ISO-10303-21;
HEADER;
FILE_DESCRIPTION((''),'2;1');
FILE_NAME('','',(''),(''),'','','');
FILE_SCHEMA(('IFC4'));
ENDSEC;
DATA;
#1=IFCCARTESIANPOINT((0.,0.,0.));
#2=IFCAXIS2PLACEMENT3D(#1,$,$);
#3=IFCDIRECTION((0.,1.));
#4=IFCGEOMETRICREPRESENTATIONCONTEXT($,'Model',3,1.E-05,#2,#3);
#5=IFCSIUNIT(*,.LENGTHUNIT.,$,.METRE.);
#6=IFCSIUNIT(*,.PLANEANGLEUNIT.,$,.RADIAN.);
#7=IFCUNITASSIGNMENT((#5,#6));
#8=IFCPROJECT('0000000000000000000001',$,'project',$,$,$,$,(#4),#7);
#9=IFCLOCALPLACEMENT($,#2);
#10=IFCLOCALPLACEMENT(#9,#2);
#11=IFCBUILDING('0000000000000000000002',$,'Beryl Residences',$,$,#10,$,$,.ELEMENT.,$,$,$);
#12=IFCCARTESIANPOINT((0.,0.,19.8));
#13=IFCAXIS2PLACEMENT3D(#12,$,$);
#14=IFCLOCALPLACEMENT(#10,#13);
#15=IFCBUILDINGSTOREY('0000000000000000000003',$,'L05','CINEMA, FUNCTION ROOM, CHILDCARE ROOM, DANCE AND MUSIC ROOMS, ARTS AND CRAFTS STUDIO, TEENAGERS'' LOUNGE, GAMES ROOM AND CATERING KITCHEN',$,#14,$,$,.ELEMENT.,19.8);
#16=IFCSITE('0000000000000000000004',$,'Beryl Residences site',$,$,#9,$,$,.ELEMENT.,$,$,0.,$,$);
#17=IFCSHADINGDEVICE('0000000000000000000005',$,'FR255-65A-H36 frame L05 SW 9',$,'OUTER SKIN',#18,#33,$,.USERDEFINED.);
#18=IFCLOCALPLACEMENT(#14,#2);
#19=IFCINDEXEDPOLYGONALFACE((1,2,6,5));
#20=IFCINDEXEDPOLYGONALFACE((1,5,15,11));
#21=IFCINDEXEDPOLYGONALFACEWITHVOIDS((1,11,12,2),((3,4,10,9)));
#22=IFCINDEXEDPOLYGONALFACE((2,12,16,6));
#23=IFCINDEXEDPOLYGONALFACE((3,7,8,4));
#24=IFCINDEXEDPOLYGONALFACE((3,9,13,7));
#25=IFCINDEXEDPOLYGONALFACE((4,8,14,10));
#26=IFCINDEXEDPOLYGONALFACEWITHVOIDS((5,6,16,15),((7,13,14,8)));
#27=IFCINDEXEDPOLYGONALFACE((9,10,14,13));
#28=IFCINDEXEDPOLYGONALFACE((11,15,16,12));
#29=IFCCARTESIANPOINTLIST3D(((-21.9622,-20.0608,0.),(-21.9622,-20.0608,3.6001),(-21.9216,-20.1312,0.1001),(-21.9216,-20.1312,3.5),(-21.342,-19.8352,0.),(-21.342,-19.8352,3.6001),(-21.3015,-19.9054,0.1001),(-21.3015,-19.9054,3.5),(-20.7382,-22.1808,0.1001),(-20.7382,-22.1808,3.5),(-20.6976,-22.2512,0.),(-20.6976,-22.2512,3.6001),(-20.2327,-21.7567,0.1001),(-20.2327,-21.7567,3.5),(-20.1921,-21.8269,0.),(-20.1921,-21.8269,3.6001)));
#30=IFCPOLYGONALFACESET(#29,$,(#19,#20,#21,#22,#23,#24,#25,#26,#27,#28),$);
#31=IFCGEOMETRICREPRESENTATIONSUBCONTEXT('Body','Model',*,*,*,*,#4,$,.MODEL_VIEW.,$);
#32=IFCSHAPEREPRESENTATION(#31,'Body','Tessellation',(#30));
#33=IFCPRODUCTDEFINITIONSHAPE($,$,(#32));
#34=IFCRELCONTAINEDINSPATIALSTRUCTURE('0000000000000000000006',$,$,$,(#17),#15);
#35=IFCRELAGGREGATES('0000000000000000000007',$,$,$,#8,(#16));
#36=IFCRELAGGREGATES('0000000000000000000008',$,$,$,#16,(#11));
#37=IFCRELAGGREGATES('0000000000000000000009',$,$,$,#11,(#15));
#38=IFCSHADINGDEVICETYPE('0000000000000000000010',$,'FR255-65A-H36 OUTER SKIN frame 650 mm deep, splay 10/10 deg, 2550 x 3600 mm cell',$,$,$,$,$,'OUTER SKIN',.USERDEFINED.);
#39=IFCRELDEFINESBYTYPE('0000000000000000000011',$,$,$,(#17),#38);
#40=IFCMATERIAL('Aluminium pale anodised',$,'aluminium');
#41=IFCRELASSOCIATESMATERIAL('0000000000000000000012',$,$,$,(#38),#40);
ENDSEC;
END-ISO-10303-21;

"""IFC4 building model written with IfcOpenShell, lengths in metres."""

from ifc_helpers import new_model, entity, si_unit, direction, frame, origin, place, context, subcontext, project, spatial, source, transform, mapped, material, type_object, type_shapes, element, save


model = new_model("IFC4")

# Units and contexts
model_context = context("Model", 3, precision=1e-05, world=origin(), true_north=direction((0.0, 1.0)))
body_context = subcontext(model_context, "Body", "Model", "MODEL_VIEW")
ifc_project = project(units=[si_unit("LENGTHUNIT", "METRE"), si_unit("PLANEANGLEUNIT", "RADIAN")], contexts=[model_context])

# Site, building, storey
site_placement = place(None, origin())
site = spatial("IfcSite", under=ifc_project, at=site_placement, Name="Beryl Residences site", CompositionType="ELEMENT", RefElevation=0.0)
building_placement = place(site_placement, origin())
building = spatial("IfcBuilding", under=site, at=building_placement, Name="Beryl Residences", CompositionType="ELEMENT")
storey_placement = place(building_placement, frame((0.0, 0.0, 19.8)))
storey = spatial("IfcBuildingStorey", under=building, at=storey_placement, Name="L05", Description="CINEMA, FUNCTION ROOM, CHILDCARE ROOM, DANCE AND MUSIC ROOMS, ARTS AND CRAFTS STUDIO, TEENAGERS' LOUNGE, GAMES ROOM AND CATERING KITCHEN", CompositionType="ELEMENT", Elevation=19.8)

# Shading device
ifc_material_1 = material(Name="Aluminium pale anodised", Category="aluminium")
shading_device_type = type_object("IfcShadingDeviceType", Name="FR255-65A-H36 OUTER SKIN frame 650 mm deep, splay 10/10 deg, 2550 x 3600 mm cell", ElementType="OUTER SKIN", PredefinedType="USERDEFINED", material=ifc_material_1)
cartesian_point_1 = entity("IfcCartesianPoint", [-1.1499, 0.0])
cartesian_point_2 = entity("IfcCartesianPoint", [-1.0688, 0.1001])
cartesian_point_3 = entity("IfcCartesianPoint", [-1.2646, 0.0])
cartesian_point_4 = entity("IfcCartesianPoint", [-1.1833, 0.1001])
shared_shape = source(origin(), body_context, "Body", "SweptSolid", [
    entity("IfcExtrudedAreaSolidTapered", entity("IfcArbitraryProfileDefWithVoids", "AREA", None, entity("IfcPolyline", [cartesian_point_1, entity("IfcCartesianPoint", [1.1499, 0.0]), entity("IfcCartesianPoint", [1.1499, 3.6001]), entity("IfcCartesianPoint", [-1.1499, 3.6001]), cartesian_point_1]), [entity("IfcPolyline", [cartesian_point_2, entity("IfcCartesianPoint", [1.0688, 0.1001]), entity("IfcCartesianPoint", [1.0688, 3.5]), entity("IfcCartesianPoint", [-1.0688, 3.5]), cartesian_point_2])]), entity("IfcAxis2Placement3D", entity("IfcCartesianPoint", [0.0, 0.0, 0.0]), entity("IfcDirection", [0.0, 1.0, 0.0]), entity("IfcDirection", [-1.0, 0.0, 0.0])), entity("IfcDirection", [0.0, 0.0, 1.0]), 0.6499, entity("IfcArbitraryProfileDefWithVoids", "AREA", None, entity("IfcPolyline", [cartesian_point_3, entity("IfcCartesianPoint", [1.2646, 0.0]), entity("IfcCartesianPoint", [1.2646, 3.6001]), entity("IfcCartesianPoint", [-1.2646, 3.6001]), cartesian_point_3]), [entity("IfcPolyline", [cartesian_point_4, entity("IfcCartesianPoint", [1.1833, 0.1001]), entity("IfcCartesianPoint", [1.1833, 3.5]), entity("IfcCartesianPoint", [-1.1833, 3.5]), cartesian_point_4])])),
])
type_shapes(shading_device_type, [shared_shape])
for number, where, z_axis, x_axis, name in (
    (1, (-20.7671, -20.8311, 0.0), (0.0, 0.0, 1.0), (-0.5, 0.866025, 0.0), "FR255-65A-H36 frame L05 SW 9"),
):
    element("IfcShadingDevice", number, at=place(storey_placement, frame(where, z_axis=z_axis, x_axis=x_axis)), inside=storey, type_object=shading_device_type, Name=name, ObjectType="OUTER SKIN", PredefinedType="USERDEFINED", context=body_context, shape_type="MappedRepresentation", body=[
        mapped(shared_shape, transform((0.0, 0.0, 0.0))),
    ])

save(model, "model.ifc")
